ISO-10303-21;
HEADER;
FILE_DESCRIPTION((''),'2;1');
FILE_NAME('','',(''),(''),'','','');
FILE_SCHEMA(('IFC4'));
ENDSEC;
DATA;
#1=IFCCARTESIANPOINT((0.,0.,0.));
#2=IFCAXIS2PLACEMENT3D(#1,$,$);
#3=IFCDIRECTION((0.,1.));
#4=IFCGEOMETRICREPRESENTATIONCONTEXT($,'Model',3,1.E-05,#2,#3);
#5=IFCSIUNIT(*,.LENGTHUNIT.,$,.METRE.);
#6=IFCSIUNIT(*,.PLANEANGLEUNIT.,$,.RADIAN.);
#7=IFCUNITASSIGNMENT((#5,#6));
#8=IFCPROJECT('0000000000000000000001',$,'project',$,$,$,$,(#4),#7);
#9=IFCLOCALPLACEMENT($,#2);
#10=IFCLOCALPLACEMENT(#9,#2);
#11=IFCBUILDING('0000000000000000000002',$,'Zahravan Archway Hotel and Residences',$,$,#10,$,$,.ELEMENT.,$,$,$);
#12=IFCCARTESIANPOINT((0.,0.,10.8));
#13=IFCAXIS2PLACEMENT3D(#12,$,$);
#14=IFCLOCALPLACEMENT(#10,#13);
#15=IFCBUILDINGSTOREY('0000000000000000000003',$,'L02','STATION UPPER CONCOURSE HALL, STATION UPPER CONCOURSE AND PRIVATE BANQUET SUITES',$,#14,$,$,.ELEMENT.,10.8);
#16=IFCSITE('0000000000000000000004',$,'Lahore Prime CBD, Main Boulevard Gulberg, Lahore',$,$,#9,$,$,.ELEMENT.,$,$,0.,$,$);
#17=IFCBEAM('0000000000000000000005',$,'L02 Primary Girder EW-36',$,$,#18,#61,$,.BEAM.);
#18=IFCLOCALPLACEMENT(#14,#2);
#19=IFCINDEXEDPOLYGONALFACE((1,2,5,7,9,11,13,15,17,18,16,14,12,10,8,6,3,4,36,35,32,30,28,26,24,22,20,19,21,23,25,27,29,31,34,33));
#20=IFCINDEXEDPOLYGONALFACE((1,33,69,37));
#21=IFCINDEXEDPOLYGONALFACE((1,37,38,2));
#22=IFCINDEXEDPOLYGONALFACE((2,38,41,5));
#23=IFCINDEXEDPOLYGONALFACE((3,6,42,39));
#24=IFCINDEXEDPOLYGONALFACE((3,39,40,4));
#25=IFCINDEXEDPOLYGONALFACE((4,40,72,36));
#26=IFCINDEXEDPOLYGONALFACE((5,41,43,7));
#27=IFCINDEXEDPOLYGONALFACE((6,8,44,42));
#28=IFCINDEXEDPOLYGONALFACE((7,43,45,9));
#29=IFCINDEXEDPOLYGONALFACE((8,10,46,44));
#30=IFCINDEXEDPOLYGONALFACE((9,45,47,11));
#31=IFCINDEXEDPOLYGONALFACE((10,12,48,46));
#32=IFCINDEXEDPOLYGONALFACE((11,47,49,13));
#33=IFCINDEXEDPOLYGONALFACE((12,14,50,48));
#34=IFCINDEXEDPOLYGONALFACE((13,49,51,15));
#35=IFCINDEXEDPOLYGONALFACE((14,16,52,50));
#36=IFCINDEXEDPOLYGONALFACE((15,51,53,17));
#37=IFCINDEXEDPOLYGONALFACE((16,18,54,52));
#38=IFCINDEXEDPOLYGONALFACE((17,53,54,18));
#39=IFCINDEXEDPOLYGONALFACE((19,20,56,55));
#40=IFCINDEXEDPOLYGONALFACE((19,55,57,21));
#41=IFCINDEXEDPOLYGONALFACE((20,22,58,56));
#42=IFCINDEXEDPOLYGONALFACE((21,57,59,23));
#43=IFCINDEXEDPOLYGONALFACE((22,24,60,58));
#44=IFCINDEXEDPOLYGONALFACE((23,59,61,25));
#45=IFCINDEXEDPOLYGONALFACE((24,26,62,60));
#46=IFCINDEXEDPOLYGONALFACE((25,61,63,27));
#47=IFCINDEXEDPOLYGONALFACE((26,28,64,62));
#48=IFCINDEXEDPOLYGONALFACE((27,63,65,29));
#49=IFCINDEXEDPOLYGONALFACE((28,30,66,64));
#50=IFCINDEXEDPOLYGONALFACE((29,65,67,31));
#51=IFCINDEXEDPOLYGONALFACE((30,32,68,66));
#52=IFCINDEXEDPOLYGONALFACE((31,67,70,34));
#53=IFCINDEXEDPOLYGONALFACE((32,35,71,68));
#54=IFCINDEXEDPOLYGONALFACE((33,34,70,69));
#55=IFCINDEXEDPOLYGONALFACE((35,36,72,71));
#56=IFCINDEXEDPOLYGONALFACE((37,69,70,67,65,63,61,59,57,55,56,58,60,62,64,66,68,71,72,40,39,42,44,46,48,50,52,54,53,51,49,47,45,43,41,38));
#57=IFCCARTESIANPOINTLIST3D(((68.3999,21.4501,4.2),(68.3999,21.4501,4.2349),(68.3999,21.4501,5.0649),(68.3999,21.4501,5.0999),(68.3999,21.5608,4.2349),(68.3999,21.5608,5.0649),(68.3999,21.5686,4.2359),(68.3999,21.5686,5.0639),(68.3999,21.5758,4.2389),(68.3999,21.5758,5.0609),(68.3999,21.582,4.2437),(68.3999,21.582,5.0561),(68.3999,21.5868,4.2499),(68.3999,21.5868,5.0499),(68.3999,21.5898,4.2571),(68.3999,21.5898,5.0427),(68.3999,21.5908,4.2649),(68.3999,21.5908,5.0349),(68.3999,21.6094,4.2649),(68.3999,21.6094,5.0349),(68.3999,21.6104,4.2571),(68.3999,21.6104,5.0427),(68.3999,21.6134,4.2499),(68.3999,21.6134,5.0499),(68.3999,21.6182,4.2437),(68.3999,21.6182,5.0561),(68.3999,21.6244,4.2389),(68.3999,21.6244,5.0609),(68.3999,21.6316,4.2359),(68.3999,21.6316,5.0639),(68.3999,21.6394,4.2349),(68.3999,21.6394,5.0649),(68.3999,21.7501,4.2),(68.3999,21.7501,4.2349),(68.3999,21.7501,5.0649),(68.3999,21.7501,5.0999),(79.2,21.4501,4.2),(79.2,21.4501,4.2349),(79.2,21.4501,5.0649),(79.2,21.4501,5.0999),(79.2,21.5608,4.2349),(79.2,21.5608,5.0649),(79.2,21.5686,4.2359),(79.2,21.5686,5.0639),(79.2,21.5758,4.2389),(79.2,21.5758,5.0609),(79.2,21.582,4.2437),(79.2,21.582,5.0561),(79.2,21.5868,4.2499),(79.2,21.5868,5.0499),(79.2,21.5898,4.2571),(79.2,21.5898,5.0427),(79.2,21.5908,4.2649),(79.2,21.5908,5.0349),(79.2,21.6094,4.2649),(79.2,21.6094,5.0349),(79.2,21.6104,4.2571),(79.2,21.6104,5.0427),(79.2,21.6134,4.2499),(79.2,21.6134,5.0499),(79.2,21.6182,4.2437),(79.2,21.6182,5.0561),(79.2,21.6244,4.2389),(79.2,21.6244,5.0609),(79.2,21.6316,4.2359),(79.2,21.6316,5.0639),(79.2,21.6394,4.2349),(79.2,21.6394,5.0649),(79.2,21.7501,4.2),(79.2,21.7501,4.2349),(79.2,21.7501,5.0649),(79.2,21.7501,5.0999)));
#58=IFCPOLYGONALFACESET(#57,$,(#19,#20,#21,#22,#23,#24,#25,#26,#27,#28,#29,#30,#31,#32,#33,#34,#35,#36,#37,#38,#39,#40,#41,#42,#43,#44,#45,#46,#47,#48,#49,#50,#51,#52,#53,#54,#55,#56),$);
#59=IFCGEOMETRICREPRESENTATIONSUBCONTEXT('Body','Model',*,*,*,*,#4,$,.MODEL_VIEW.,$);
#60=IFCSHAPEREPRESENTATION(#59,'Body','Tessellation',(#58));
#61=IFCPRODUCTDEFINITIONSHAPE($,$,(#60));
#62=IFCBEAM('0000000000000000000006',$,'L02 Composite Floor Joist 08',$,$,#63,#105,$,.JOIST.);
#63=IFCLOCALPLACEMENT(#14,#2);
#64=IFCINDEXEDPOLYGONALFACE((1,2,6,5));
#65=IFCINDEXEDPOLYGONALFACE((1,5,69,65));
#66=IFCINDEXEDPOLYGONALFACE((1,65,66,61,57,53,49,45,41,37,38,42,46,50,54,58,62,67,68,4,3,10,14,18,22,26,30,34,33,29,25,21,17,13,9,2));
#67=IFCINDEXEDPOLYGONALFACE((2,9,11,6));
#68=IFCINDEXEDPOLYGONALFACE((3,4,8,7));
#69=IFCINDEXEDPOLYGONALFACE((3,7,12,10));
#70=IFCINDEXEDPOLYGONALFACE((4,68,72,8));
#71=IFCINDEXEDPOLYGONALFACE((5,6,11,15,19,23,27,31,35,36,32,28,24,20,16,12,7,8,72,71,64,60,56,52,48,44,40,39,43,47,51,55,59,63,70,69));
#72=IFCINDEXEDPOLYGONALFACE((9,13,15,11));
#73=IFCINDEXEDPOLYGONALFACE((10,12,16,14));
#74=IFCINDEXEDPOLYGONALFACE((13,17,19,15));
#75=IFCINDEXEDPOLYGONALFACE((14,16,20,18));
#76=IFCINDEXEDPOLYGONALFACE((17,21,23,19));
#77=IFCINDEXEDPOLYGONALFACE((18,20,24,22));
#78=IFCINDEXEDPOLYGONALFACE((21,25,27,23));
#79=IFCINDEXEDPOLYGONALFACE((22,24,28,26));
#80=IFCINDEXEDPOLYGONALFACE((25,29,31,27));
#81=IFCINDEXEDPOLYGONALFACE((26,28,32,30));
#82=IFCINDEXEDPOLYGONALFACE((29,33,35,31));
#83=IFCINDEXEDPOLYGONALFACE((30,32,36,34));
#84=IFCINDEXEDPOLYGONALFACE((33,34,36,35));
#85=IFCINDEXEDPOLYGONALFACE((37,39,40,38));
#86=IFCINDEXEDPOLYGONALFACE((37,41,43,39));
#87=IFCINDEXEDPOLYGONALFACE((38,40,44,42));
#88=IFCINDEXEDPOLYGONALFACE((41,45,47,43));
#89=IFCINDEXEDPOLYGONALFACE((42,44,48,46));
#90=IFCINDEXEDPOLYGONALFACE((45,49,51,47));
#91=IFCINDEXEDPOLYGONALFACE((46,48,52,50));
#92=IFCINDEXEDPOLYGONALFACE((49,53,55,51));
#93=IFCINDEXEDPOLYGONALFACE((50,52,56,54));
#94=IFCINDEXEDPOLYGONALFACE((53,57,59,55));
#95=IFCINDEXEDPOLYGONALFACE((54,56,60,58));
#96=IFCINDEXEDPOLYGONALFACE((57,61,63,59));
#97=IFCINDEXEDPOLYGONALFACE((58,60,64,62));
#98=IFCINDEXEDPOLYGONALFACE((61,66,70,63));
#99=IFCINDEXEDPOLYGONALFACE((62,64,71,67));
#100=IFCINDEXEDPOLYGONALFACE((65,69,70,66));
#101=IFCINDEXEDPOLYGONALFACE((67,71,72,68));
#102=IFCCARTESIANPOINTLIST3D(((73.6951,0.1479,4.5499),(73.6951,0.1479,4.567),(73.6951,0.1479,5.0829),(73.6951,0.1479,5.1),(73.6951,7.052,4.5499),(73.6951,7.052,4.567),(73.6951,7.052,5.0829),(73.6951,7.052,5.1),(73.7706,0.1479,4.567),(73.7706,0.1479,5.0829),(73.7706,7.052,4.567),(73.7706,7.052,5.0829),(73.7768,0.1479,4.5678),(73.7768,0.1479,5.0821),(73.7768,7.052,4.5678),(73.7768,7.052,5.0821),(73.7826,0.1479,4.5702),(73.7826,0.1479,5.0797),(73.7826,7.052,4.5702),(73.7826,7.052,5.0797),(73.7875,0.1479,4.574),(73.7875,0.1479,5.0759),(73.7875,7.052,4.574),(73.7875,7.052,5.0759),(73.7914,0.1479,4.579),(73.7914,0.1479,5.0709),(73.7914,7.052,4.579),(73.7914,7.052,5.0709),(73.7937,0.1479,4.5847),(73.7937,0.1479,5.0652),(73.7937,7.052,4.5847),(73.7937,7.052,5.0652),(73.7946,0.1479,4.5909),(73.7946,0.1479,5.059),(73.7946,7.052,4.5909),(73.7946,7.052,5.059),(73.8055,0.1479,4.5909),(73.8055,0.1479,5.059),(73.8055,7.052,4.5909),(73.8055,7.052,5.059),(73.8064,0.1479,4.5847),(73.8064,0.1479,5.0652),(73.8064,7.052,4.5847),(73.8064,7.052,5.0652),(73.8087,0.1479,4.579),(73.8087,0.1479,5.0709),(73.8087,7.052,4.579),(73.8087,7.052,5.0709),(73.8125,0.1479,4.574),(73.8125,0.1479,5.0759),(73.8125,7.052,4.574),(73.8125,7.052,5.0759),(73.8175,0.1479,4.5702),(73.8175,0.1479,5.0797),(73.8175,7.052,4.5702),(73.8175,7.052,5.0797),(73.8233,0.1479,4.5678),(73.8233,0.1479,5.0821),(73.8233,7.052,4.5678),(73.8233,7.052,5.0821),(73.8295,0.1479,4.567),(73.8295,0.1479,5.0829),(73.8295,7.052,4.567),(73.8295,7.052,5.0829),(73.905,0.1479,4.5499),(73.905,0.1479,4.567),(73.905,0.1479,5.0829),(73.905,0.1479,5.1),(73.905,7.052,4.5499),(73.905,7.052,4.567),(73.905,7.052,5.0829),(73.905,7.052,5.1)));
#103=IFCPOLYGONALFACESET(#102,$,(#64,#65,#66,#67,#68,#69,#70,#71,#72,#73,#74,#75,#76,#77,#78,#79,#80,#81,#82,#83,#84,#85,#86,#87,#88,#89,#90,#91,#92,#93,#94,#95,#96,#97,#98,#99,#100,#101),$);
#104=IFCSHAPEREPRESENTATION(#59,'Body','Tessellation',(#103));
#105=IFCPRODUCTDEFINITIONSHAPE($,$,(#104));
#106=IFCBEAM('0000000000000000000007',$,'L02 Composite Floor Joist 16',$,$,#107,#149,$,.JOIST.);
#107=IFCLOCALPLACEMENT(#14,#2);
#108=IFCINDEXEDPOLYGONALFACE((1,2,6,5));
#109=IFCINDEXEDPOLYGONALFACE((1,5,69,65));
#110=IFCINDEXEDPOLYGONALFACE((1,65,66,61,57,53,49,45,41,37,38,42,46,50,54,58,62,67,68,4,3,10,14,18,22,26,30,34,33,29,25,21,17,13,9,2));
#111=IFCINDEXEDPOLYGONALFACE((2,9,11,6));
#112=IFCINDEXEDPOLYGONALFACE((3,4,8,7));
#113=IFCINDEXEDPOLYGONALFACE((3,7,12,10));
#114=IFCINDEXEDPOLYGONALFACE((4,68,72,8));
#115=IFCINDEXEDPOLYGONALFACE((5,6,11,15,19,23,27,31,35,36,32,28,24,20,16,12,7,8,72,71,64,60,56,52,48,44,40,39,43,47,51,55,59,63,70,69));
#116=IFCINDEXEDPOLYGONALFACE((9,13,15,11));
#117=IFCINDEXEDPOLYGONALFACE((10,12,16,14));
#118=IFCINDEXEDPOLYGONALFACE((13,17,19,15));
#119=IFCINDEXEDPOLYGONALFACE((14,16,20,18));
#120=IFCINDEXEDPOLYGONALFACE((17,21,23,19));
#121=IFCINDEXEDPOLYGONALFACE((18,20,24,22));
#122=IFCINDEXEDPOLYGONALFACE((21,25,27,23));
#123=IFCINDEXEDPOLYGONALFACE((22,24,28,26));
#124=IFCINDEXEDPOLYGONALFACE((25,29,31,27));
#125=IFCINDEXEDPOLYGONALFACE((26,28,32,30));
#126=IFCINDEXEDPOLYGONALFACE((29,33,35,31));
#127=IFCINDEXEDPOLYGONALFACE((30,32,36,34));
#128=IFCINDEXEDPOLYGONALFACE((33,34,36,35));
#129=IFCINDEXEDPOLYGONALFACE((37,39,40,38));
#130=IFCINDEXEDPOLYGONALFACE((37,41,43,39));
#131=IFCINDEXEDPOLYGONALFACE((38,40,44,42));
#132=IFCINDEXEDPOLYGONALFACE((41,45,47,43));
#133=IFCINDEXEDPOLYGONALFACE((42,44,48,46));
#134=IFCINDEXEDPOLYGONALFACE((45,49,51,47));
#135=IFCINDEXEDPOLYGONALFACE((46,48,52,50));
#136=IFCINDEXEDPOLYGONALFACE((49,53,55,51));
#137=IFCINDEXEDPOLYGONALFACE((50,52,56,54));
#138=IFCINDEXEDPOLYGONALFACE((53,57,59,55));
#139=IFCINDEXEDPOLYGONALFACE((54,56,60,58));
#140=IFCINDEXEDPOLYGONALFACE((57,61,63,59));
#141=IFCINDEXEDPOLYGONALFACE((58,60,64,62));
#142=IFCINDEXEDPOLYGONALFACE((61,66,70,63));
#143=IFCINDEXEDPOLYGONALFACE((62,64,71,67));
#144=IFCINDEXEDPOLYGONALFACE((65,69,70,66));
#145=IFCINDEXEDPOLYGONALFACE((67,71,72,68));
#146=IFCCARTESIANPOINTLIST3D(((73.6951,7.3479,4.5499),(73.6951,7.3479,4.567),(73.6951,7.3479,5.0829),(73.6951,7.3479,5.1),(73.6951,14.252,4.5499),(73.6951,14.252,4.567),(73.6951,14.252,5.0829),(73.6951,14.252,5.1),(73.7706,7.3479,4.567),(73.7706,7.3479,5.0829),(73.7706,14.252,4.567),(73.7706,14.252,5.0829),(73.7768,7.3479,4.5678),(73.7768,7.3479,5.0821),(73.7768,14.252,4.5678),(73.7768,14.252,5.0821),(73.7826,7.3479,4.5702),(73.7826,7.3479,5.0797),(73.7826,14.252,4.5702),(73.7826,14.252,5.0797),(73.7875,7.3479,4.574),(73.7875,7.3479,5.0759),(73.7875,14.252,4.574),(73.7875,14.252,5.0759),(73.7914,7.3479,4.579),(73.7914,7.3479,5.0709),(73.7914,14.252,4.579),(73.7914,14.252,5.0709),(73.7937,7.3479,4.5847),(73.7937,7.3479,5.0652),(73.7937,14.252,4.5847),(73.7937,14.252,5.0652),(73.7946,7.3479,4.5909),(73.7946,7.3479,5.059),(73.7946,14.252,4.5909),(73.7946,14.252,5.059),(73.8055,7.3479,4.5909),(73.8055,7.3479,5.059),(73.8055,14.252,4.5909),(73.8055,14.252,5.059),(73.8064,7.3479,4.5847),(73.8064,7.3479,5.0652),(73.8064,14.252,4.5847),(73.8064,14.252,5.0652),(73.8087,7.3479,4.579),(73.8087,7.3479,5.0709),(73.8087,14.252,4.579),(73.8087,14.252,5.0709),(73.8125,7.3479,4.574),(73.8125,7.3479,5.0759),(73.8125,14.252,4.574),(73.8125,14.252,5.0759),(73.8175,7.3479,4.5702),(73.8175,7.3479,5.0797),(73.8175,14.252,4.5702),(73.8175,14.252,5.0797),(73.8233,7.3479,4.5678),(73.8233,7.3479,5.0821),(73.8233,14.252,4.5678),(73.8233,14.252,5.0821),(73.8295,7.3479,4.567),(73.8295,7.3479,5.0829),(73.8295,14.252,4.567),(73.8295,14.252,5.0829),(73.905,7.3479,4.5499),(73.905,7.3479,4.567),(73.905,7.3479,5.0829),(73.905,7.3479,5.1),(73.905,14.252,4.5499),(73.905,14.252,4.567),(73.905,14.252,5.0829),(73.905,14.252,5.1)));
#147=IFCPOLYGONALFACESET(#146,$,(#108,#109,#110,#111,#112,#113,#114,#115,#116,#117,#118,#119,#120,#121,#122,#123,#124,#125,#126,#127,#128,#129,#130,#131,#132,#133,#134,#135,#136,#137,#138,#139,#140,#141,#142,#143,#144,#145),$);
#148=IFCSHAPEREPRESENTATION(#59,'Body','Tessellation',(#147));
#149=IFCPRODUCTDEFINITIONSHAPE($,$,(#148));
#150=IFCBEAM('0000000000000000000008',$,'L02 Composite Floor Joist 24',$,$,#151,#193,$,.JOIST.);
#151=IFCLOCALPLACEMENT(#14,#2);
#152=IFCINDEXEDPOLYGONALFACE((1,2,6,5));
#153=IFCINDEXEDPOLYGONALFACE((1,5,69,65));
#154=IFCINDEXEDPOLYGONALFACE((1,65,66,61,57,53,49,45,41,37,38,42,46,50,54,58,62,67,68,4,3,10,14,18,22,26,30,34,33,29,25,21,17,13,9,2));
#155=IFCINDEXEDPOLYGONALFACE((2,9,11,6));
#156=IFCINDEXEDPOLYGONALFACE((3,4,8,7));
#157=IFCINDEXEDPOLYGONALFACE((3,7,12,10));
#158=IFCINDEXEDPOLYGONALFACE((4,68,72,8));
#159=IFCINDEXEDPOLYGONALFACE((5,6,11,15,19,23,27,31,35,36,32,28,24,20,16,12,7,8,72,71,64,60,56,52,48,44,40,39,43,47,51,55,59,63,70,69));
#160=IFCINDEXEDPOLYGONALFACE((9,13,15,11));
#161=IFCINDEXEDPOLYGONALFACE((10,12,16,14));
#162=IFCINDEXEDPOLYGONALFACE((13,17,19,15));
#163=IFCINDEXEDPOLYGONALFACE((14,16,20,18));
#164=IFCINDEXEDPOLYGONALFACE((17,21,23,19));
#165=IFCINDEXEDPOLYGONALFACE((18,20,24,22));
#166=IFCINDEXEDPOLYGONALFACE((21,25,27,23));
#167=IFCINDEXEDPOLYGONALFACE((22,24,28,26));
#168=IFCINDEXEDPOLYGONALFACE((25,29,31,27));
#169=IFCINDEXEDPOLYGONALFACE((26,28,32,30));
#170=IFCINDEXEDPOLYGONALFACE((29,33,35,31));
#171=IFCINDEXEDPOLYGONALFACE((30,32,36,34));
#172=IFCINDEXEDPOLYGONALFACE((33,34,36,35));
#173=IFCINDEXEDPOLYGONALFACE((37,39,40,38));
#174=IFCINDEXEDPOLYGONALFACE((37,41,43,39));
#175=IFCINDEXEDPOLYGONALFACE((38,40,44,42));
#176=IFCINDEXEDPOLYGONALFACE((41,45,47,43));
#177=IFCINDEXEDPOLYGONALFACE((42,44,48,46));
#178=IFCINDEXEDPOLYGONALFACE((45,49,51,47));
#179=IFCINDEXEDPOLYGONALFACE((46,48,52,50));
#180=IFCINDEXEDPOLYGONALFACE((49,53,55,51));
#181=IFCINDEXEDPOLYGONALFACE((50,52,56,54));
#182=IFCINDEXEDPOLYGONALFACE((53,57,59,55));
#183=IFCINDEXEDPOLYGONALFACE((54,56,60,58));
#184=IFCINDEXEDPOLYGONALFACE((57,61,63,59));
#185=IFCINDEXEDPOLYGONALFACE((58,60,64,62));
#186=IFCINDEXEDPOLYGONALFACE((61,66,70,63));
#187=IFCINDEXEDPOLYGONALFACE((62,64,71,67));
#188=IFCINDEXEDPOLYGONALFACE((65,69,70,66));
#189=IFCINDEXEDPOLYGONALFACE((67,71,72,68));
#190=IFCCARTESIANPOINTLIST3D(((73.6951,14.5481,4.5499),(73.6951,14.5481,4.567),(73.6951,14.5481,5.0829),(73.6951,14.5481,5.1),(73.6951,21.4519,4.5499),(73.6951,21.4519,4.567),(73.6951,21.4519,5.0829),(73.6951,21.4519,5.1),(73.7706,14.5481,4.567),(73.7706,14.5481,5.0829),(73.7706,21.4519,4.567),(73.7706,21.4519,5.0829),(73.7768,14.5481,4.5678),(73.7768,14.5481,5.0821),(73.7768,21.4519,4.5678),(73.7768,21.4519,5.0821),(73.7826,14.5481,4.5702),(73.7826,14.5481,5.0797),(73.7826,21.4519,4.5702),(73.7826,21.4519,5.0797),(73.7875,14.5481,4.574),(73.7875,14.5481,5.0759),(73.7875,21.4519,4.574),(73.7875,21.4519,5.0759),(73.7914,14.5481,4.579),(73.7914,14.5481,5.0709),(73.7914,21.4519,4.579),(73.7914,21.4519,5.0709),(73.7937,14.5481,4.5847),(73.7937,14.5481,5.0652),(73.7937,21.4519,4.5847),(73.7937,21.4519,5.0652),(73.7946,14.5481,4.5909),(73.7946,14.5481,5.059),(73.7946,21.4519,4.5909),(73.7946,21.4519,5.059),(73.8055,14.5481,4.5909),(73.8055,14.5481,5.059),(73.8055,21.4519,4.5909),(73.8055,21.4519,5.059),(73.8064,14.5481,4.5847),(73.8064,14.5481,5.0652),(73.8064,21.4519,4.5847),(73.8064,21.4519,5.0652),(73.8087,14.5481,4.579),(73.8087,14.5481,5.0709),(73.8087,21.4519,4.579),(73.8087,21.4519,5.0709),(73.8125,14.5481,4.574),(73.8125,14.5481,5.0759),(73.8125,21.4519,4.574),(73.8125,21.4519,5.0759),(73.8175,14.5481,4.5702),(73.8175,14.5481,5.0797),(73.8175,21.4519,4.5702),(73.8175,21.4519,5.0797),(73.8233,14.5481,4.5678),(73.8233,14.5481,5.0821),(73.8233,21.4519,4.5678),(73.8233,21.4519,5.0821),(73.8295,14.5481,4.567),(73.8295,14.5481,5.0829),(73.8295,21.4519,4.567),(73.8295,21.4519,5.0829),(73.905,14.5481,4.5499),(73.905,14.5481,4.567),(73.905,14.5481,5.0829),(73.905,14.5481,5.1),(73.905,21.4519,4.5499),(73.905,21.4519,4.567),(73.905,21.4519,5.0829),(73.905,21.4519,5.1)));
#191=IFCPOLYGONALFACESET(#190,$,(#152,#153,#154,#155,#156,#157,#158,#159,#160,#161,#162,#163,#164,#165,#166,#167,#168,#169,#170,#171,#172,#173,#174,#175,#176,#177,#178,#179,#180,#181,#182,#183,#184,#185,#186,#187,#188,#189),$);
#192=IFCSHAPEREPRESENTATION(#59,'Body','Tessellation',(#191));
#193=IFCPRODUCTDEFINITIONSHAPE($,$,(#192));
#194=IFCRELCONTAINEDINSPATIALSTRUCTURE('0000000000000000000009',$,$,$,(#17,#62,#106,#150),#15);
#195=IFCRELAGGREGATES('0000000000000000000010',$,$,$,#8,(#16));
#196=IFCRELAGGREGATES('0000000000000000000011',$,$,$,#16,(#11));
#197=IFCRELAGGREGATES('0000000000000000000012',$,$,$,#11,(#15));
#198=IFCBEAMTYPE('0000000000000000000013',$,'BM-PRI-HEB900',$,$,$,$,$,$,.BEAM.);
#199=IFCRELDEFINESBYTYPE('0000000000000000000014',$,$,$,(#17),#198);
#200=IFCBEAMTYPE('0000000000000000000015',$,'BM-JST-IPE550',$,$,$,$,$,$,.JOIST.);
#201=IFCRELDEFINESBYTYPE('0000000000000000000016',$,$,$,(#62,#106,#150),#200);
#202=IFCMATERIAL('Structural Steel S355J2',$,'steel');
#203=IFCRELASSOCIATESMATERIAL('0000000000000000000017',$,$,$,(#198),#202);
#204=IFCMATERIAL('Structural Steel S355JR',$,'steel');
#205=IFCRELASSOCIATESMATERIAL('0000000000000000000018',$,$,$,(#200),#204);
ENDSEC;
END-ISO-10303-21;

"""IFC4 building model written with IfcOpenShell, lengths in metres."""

from ifc_helpers import new_model, si_unit, direction, frame, origin, origin_2d, place, context, subcontext, project, spatial, i_section, extrude, source, transform, mapped, material, material_profile, profile_set, type_object, type_shapes, element, save


model = new_model("IFC4")

# Units and contexts
model_context = context("Model", 3, precision=1e-05, world=origin(), true_north=direction((0.0, 1.0)))
body_context = subcontext(model_context, "Body", "Model", "MODEL_VIEW")
ifc_project = project(units=[si_unit("LENGTHUNIT", "METRE"), si_unit("PLANEANGLEUNIT", "RADIAN")], contexts=[model_context])

# Site, building, storey
site_placement = place(None, origin())
site = spatial("IfcSite", under=ifc_project, at=site_placement, Name="Lahore Prime CBD, Main Boulevard Gulberg, Lahore", CompositionType="ELEMENT", RefElevation=0.0)
building_placement = place(site_placement, origin())
building = spatial("IfcBuilding", under=site, at=building_placement, Name="Zahravan Archway Hotel and Residences", CompositionType="ELEMENT")
storey_placement = place(building_placement, frame((0.0, 0.0, 10.8)))
storey = spatial("IfcBuildingStorey", under=building, at=storey_placement, Name="L02", Description="STATION UPPER CONCOURSE HALL, STATION UPPER CONCOURSE AND PRIVATE BANQUET SUITES", CompositionType="ELEMENT", Elevation=10.8)

# Beams
ifc_material_1 = material(Name="Structural Steel S355J2", Category="steel")
ifc_material_profile_1 = material_profile(ifc_material_1, i_section(OverallWidth=0.3, OverallDepth=0.8999, WebThickness=0.0186, FlangeThickness=0.0349, FilletRadius=0.03, at=origin_2d()), Name="HEB 900", Category="steel")
ifc_profile_set_1 = profile_set([ifc_material_profile_1], Name="Structural Steel S355J2")
beam_type_1 = type_object("IfcBeamType", Name="BM-PRI-HEB900", PredefinedType="BEAM", material=ifc_profile_set_1)
shared_shape_1 = source(origin(), body_context, "Body", "SweptSolid", [
    extrude(i_section(OverallWidth=0.3, OverallDepth=0.8999, WebThickness=0.0186, FlangeThickness=0.0349, FilletRadius=0.03, at=origin_2d()), origin(), (0.0, 0.0, 1.0), 10.8),
])
beam_1_placement = place(storey_placement, frame((68.3999, 21.6001, 4.6499), z_axis=(1.0, 0.0, 0.0), x_axis=(0.0, 1.0, 0.0)))
element("IfcBeam", 1, at=beam_1_placement, inside=storey, type_object=beam_type_1, Name="L02 Primary Girder EW-36", PredefinedType="BEAM", context=body_context, shape_type="MappedRepresentation", body=[
    mapped(shared_shape_1, transform((0.0, 0.0, 0.0), scale=1.0)),
])
ifc_material_2 = material(Name="Structural Steel S355JR", Category="steel")
ifc_material_profile_2 = material_profile(ifc_material_2, i_section(OverallWidth=0.21, OverallDepth=0.55, WebThickness=0.011, FlangeThickness=0.0171, FilletRadius=0.0239, at=origin_2d()), Name="IPE 550", Category="steel")
ifc_profile_set_2 = profile_set([ifc_material_profile_2], Name="Structural Steel S355JR")
beam_type_2 = type_object("IfcBeamType", Name="BM-JST-IPE550", PredefinedType="JOIST", material=ifc_profile_set_2)
shared_shape_2 = source(origin(), body_context, "Body", "SweptSolid", [
    extrude(i_section(OverallWidth=0.21, OverallDepth=0.55, WebThickness=0.011, FlangeThickness=0.0171, FilletRadius=0.0239, at=origin_2d()), origin(), (0.0, 0.0, 1.0), 6.9041),
])
type_shapes(beam_type_2, [shared_shape_2])
for number, where, z_axis, x_axis, name in (
    (2, (73.8, 0.1479, 4.825), (0.0, 1.0, 0.0), (-1.0, 0.0, 0.0), "L02 Composite Floor Joist 08"),
    (3, (73.8, 7.3479, 4.825), (0.0, 1.0, 0.0), (-1.0, 0.0, 0.0), "L02 Composite Floor Joist 16"),
):
    element("IfcBeam", number, at=place(storey_placement, frame(where, z_axis=z_axis, x_axis=x_axis)), inside=storey, type_object=beam_type_2, Name=name, PredefinedType="JOIST", context=body_context, shape_type="MappedRepresentation", body=[
        mapped(shared_shape_2, transform((0.0, 0.0, 0.0), scale=1.0)),
    ])
shared_shape_3 = source(origin(), body_context, "Body", "SweptSolid", [
    extrude(i_section(OverallWidth=0.21, OverallDepth=0.55, WebThickness=0.011, FlangeThickness=0.0171, FilletRadius=0.0239, at=origin_2d()), origin(), (0.0, 0.0, 1.0), 6.9038),
])
beam_2_placement = place(storey_placement, frame((73.8, 14.5481, 4.825), z_axis=(0.0, 1.0, 0.0), x_axis=(-1.0, 0.0, 0.0)))
element("IfcBeam", 4, at=beam_2_placement, inside=storey, type_object=beam_type_2, Name="L02 Composite Floor Joist 24", PredefinedType="JOIST", context=body_context, shape_type="MappedRepresentation", body=[
    mapped(shared_shape_3, transform((0.0, 0.0, 0.0), scale=1.0)),
])

save(model, "model.ifc")
